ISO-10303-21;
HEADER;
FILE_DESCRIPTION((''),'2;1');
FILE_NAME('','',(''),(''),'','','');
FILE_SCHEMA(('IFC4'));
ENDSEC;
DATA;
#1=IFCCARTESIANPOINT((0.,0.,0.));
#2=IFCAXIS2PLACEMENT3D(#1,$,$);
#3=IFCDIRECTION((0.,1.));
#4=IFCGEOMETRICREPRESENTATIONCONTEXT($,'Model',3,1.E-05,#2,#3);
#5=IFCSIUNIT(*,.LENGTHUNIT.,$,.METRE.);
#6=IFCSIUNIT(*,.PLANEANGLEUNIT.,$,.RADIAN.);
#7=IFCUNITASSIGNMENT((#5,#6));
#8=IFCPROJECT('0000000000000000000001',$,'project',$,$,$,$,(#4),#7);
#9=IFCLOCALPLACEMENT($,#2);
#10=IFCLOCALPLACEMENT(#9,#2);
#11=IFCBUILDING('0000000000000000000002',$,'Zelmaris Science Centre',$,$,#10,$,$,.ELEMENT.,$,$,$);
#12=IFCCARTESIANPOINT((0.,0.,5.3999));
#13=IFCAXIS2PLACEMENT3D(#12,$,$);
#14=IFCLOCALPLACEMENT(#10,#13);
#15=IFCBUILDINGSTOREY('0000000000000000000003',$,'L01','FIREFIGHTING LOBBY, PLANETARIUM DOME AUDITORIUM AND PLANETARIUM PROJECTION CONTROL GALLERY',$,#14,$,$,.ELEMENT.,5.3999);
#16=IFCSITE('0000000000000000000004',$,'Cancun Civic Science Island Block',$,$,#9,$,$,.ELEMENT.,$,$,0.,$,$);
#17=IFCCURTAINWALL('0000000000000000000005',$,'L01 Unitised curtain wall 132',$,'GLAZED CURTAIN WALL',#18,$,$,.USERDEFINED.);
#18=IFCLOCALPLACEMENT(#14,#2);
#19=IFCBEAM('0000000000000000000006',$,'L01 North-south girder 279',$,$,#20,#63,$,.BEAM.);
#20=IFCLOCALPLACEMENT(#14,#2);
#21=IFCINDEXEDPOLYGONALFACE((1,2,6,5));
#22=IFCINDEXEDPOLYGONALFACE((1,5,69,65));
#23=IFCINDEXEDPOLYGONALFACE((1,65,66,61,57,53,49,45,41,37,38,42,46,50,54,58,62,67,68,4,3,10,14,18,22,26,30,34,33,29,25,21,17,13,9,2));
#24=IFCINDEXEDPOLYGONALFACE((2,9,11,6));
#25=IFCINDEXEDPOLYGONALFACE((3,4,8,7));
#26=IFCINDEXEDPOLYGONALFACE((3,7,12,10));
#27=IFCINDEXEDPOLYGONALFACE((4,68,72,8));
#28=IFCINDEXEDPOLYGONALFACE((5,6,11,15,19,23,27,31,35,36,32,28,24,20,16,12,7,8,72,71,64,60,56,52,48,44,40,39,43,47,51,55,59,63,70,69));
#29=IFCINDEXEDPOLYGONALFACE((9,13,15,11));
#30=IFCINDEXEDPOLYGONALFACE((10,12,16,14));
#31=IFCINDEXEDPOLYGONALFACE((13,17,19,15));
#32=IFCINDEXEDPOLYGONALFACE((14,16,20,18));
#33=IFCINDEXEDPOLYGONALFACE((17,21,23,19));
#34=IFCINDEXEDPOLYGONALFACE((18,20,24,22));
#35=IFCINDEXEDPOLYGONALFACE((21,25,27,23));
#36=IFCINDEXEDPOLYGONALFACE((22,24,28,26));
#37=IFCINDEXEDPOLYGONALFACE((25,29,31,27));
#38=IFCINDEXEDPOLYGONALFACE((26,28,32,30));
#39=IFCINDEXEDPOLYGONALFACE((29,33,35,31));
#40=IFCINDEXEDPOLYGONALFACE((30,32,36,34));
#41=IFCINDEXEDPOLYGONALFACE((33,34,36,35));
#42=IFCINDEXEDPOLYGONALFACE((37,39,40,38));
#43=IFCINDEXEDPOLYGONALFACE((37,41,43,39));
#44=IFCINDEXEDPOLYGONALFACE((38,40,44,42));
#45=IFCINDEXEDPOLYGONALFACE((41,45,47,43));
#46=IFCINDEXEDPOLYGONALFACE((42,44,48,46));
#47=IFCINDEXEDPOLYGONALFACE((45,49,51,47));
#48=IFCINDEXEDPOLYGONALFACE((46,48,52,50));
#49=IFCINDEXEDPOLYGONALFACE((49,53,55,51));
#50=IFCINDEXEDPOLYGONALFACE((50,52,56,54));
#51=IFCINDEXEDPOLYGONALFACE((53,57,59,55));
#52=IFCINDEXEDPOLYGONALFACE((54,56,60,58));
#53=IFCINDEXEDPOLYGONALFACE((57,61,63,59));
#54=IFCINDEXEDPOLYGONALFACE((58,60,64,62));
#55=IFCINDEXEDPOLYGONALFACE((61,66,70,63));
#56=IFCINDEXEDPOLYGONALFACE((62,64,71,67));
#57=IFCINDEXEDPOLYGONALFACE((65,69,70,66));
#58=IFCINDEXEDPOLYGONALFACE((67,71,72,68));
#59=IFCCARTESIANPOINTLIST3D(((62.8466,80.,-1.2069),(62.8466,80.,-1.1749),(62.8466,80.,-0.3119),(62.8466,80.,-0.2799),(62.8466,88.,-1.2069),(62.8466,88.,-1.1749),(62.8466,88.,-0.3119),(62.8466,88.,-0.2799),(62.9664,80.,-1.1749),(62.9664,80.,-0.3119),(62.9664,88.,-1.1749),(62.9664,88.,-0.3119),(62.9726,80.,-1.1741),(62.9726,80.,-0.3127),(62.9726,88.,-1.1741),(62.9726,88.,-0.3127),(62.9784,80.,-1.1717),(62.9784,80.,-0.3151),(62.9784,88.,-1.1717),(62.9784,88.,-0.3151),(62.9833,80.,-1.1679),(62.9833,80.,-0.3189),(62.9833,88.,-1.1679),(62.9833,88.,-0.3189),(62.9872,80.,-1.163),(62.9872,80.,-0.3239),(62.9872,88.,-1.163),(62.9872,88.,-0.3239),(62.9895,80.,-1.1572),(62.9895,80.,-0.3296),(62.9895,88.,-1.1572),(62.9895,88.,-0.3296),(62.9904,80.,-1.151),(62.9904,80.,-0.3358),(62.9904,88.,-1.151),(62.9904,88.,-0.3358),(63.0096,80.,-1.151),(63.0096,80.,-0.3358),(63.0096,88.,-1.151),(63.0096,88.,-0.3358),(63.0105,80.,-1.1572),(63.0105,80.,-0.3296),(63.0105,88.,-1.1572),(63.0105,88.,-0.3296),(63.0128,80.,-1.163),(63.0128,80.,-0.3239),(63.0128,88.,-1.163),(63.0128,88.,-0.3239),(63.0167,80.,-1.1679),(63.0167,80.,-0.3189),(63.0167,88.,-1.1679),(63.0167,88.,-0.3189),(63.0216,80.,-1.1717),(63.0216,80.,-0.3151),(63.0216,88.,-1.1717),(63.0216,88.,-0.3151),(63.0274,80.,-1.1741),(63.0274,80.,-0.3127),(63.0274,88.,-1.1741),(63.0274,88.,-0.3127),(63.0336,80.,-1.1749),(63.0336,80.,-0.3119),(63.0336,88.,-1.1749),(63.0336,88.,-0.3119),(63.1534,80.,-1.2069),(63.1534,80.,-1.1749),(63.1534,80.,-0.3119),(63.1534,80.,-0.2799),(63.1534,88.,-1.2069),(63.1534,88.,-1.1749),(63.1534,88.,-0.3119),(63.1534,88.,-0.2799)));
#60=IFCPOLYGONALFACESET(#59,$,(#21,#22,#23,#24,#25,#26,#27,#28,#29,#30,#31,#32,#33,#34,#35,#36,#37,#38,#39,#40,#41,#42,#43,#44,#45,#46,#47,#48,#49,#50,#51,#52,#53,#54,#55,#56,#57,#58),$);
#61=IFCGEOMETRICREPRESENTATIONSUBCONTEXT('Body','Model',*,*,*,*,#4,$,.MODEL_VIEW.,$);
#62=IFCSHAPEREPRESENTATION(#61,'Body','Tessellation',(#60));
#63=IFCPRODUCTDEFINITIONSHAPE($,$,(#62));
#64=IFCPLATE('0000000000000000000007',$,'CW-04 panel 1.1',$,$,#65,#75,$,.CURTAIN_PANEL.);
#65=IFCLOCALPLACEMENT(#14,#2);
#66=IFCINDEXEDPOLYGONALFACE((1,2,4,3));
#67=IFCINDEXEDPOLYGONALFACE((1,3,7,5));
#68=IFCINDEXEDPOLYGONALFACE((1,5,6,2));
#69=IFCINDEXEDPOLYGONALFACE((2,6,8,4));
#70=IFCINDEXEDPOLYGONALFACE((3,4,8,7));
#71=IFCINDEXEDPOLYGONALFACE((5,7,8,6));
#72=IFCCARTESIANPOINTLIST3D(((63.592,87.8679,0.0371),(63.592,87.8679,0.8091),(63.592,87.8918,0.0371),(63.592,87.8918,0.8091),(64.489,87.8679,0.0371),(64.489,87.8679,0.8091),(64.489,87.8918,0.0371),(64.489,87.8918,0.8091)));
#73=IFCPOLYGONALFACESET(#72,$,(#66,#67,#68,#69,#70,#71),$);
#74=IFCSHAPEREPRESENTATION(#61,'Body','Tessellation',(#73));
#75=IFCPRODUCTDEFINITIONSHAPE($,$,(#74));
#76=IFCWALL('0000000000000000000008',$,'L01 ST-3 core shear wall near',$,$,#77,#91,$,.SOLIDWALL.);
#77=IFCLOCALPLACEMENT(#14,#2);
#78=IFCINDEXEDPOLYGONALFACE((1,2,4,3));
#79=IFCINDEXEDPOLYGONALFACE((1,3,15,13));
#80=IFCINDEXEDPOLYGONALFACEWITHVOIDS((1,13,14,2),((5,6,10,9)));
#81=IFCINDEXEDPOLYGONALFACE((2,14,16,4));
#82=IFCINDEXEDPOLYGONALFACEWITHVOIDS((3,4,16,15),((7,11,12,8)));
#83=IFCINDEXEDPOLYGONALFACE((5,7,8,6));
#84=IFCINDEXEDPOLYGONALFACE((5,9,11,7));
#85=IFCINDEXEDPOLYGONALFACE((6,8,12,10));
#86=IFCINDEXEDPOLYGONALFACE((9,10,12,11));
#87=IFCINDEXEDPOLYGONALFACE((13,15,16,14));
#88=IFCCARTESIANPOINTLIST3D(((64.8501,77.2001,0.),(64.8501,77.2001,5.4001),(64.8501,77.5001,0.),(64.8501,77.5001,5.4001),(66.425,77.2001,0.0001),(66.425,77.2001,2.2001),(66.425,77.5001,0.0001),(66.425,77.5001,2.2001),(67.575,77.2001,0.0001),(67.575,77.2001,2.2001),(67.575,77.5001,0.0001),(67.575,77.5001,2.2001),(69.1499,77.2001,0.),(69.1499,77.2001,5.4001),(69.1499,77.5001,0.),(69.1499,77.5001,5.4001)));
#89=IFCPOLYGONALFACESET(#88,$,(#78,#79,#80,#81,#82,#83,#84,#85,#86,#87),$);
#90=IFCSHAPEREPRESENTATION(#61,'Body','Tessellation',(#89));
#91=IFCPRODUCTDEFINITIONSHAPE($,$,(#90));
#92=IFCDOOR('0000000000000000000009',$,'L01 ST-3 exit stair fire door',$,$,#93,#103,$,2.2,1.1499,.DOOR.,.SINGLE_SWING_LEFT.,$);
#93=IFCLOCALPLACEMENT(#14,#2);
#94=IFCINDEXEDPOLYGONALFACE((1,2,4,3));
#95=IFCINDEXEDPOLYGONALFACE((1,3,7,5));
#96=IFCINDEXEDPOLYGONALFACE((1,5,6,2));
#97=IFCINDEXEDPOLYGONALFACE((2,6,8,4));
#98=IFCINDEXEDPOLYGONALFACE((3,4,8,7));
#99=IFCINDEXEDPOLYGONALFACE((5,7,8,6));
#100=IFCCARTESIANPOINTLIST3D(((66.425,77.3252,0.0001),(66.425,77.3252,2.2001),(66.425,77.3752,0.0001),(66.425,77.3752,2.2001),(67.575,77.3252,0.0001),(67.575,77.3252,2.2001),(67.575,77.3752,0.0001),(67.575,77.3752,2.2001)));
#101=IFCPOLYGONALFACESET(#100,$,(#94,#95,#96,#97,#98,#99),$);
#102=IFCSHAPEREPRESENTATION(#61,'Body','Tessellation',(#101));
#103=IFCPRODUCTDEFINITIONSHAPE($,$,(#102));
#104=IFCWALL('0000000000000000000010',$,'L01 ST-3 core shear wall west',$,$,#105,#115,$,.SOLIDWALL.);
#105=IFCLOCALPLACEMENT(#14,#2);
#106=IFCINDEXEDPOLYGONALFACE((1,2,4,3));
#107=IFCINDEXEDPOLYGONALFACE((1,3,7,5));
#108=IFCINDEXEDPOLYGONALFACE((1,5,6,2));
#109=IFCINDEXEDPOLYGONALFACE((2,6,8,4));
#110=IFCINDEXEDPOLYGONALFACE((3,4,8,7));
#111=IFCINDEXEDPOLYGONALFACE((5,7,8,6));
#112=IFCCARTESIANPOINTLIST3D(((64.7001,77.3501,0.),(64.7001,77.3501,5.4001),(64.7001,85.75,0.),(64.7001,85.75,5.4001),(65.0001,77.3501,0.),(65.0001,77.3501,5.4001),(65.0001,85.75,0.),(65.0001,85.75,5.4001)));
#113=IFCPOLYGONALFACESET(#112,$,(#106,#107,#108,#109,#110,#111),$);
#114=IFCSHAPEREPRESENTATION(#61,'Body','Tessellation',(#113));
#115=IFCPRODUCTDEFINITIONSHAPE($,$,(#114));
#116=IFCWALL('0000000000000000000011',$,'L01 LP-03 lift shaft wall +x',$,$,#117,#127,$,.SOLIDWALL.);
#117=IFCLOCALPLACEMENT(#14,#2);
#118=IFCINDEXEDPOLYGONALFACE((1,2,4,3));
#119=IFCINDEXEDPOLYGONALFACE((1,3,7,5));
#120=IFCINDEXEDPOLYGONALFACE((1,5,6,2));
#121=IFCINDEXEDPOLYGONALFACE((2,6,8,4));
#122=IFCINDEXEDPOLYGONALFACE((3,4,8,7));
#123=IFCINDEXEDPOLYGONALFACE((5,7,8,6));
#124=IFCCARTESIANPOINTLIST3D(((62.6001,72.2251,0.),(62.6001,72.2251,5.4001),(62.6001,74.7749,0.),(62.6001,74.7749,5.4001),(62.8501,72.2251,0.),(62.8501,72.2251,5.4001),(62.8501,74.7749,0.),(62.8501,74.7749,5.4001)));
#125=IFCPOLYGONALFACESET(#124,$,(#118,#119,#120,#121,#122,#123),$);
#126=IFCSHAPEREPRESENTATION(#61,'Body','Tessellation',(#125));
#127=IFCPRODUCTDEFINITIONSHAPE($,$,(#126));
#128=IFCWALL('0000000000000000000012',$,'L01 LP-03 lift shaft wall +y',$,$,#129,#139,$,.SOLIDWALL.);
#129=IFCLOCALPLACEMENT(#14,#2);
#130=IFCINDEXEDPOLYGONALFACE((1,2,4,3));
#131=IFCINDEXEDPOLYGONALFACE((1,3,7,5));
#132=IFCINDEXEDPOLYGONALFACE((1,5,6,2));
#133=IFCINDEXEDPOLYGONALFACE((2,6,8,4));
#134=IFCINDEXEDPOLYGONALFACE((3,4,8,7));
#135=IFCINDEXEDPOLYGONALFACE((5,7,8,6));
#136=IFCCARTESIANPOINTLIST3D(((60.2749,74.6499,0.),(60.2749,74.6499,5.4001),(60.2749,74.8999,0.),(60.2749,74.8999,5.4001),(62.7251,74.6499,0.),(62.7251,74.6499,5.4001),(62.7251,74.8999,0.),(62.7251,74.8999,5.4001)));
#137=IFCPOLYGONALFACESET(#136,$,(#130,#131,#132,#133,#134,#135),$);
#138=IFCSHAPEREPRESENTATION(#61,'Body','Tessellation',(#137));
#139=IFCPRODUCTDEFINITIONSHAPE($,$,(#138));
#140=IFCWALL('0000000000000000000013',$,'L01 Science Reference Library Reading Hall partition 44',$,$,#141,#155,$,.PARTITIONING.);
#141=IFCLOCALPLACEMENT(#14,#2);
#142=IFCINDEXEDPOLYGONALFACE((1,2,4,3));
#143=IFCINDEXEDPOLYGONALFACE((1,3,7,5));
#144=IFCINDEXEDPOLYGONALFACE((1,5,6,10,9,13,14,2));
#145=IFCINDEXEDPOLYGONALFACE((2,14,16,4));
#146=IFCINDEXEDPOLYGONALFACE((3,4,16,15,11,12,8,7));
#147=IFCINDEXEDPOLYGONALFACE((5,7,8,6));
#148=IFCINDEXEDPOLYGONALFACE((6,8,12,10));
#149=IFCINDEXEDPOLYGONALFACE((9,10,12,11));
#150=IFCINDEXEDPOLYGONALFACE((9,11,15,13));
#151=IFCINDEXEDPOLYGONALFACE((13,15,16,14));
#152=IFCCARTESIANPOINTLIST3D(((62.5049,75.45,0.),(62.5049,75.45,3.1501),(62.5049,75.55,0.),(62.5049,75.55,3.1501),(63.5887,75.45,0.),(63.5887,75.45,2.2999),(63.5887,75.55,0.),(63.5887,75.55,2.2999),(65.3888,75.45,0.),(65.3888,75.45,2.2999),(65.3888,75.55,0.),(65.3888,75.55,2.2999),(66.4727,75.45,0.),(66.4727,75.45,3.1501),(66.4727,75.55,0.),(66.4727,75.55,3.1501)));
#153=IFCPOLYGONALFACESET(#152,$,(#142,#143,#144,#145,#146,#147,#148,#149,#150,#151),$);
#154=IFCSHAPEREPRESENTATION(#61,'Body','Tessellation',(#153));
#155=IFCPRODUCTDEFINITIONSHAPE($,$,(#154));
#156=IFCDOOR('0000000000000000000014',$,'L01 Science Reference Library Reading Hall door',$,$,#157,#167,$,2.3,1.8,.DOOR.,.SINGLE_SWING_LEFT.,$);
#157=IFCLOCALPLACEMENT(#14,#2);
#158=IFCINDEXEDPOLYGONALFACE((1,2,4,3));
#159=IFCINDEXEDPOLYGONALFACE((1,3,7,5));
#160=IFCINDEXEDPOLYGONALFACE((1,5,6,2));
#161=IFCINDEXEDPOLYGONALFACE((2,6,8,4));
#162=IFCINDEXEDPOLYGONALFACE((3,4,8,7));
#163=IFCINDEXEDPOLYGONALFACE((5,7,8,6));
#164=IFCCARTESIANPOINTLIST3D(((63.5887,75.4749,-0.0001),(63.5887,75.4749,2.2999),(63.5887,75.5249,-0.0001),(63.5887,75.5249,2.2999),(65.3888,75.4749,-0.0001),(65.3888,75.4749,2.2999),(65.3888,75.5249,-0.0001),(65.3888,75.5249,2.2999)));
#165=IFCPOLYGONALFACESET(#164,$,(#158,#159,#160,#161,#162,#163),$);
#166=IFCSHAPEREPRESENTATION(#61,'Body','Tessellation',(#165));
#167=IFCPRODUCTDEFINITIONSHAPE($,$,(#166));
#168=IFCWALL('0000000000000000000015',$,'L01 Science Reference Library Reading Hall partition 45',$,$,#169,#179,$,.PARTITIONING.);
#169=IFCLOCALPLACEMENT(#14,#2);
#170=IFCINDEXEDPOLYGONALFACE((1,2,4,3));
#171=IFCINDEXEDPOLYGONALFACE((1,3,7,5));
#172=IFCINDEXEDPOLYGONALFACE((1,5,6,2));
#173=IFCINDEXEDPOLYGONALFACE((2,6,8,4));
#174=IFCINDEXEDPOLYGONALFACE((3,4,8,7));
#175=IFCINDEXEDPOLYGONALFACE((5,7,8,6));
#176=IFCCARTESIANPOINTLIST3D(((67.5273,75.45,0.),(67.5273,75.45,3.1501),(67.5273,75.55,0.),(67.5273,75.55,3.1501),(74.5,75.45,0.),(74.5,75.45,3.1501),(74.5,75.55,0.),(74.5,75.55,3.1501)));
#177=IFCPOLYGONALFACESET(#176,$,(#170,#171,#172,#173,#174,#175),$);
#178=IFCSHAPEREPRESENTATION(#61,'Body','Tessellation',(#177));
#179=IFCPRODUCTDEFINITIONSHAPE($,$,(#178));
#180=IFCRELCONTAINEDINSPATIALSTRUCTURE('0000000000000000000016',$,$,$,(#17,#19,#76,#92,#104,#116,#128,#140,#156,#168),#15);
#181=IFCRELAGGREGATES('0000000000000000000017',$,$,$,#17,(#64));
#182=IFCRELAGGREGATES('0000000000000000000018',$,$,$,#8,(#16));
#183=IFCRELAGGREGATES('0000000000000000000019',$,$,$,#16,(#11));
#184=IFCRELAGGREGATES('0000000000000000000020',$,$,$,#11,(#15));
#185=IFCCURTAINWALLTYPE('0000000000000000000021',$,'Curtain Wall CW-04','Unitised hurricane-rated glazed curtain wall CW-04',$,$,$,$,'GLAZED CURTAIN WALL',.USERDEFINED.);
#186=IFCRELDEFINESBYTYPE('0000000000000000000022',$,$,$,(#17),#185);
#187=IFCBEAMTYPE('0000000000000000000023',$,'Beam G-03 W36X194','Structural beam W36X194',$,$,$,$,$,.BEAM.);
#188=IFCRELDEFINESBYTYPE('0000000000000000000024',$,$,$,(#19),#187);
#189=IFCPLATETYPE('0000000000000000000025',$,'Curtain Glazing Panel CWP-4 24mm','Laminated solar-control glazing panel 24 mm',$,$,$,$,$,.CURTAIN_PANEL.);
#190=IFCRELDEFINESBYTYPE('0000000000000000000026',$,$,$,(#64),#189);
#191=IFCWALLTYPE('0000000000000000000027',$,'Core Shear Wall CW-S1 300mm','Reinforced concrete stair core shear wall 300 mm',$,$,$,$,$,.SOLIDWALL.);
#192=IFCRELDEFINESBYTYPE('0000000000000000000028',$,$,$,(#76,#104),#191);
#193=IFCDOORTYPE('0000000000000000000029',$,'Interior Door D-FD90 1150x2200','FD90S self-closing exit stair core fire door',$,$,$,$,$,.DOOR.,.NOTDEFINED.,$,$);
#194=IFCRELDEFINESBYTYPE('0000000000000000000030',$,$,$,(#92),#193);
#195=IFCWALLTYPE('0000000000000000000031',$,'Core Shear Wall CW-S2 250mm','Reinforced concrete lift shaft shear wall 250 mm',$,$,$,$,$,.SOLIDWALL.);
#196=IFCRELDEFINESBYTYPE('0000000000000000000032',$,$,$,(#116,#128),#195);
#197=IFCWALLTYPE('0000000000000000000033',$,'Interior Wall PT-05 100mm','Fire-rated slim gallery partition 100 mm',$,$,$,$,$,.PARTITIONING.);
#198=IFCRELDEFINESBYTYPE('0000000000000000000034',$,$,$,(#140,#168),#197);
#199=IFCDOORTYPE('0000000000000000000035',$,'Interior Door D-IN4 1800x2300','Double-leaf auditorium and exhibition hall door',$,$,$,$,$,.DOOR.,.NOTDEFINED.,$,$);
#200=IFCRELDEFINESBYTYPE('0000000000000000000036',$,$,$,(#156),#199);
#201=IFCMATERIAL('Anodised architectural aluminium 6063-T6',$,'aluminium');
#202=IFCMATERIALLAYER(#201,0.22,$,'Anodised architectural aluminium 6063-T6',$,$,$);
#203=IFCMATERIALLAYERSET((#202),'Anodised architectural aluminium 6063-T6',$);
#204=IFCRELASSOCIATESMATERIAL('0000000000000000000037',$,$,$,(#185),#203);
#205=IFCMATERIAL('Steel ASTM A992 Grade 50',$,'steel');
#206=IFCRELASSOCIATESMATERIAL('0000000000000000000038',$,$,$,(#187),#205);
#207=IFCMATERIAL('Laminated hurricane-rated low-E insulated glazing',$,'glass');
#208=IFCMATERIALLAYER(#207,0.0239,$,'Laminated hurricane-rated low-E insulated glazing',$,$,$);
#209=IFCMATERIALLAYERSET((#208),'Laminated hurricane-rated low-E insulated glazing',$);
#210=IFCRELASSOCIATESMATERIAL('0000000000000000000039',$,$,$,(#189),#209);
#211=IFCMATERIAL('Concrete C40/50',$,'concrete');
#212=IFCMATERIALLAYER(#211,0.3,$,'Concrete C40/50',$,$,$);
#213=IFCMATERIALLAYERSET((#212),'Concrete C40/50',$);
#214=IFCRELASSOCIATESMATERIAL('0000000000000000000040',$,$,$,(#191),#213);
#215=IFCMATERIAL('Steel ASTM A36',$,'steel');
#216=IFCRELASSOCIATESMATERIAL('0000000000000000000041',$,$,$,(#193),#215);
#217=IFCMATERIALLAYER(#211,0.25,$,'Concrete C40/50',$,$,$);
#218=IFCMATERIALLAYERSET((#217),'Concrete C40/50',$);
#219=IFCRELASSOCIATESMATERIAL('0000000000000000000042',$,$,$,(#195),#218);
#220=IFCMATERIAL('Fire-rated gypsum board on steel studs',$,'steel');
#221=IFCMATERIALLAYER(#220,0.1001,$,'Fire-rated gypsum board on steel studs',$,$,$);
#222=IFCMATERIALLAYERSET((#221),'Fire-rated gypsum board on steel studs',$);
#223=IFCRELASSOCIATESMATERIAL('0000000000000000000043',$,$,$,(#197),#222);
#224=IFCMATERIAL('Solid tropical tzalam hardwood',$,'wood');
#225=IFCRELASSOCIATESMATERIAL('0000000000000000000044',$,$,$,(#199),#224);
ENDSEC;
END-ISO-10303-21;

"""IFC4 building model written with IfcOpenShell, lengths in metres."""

from ifc_helpers import new_model, si_unit, direction, frame, frame_2d, origin, origin_2d, place, context, subcontext, project, spatial, rectangle, i_section, extrude, material, layer, layer_set, material_profile, profile_set, type_object, element, fill, aggregate, save


model = new_model("IFC4")

# Units and contexts
model_context = context("Model", 3, precision=1e-05, world=origin(), true_north=direction((0.0, 1.0)))
body_context = subcontext(model_context, "Body", "Model", "MODEL_VIEW")
ifc_project = project(units=[si_unit("LENGTHUNIT", "METRE"), si_unit("PLANEANGLEUNIT", "RADIAN")], contexts=[model_context])

# Site, building, storey
site_placement = place(None, origin())
site = spatial("IfcSite", under=ifc_project, at=site_placement, Name="Cancun Civic Science Island Block", CompositionType="ELEMENT", RefElevation=0.0)
building_placement = place(site_placement, origin())
building = spatial("IfcBuilding", under=site, at=building_placement, Name="Zelmaris Science Centre", CompositionType="ELEMENT")
storey_placement = place(building_placement, frame((0.0, 0.0, 5.3999)))
storey = spatial("IfcBuildingStorey", under=building, at=storey_placement, Name="L01", Description="FIREFIGHTING LOBBY, PLANETARIUM DOME AUDITORIUM AND PLANETARIUM PROJECTION CONTROL GALLERY", CompositionType="ELEMENT", Elevation=5.3999)

# Shared definitions
ifc_material_1 = material(Name="Steel ASTM A992 Grade 50", Category="steel")

# Curtain wall
ifc_material_2 = material(Name="Anodised architectural aluminium 6063-T6", Category="aluminium")
ifc_layer_1 = layer(ifc_material_2, 0.22, Name="Anodised architectural aluminium 6063-T6")
ifc_layer_set_1 = layer_set([ifc_layer_1], Name="Anodised architectural aluminium 6063-T6")
curtain_wall_type = type_object("IfcCurtainWallType", Name="Curtain Wall CW-04", Description="Unitised hurricane-rated glazed curtain wall CW-04", ElementType="GLAZED CURTAIN WALL", PredefinedType="USERDEFINED", material=ifc_layer_set_1)
curtain_wall_placement = place(storey_placement, origin())
curtain_wall = element("IfcCurtainWall", 1, at=curtain_wall_placement, inside=storey, type_object=curtain_wall_type, Name="L01 Unitised curtain wall 132", ObjectType="GLAZED CURTAIN WALL", PredefinedType="USERDEFINED")

# Beam
ifc_material_profile_1 = material_profile(ifc_material_1, i_section(OverallWidth=0.3069, OverallDepth=0.927, WebThickness=0.0193, FlangeThickness=0.032, FilletRadius=0.0239, at=origin_2d()), Name="W36X194")
ifc_profile_set_1 = profile_set([ifc_material_profile_1], Name="Steel ASTM A992 Grade 50")
beam_type = type_object("IfcBeamType", Name="Beam G-03 W36X194", Description="Structural beam W36X194", PredefinedType="BEAM", material=ifc_profile_set_1)
beam_placement = place(storey_placement, frame((63.0, 80.0, -0.7434), z_axis=(0.0, 1.0, 0.0), x_axis=(-1.0, 0.0, 0.0)))
element("IfcBeam", 2, at=beam_placement, inside=storey, type_object=beam_type, Name="L01 North-south girder 279", PredefinedType="BEAM", context=body_context, shape_type="SweptSolid", body=[
    extrude(i_section(OverallWidth=0.3069, OverallDepth=0.927, WebThickness=0.0193, FlangeThickness=0.032, FilletRadius=0.0239, at=origin_2d()), origin(), (0.0, 0.0, 1.0), 8.0),
])

# Plate
ifc_material_3 = material(Name="Laminated hurricane-rated low-E insulated glazing", Category="glass")
ifc_layer_2 = layer(ifc_material_3, 0.0239, Name="Laminated hurricane-rated low-E insulated glazing")
ifc_layer_set_2 = layer_set([ifc_layer_2], Name="Laminated hurricane-rated low-E insulated glazing")
plate_type = type_object("IfcPlateType", Name="Curtain Glazing Panel CWP-4 24mm", Description="Laminated solar-control glazing panel 24 mm", PredefinedType="CURTAIN_PANEL", material=ifc_layer_set_2)
plate_placement = place(storey_placement, frame((64.0405, 87.8799, 0.0371), z_axis=(0.0, 0.0, 1.0), x_axis=(1.0, 0.0, 0.0)))
plate = element("IfcPlate", 3, at=plate_placement, type_object=plate_type, Name="CW-04 panel 1.1", PredefinedType="CURTAIN_PANEL", context=body_context, shape_type="SweptSolid", body=[
    extrude(rectangle(XDim=0.897, YDim=0.0239, at=origin_2d()), origin(), (0.0, 0.0, 1.0), 0.772),
])
aggregate(curtain_wall, [plate])

# Wall, opening, door
ifc_material_4 = material(Name="Concrete C40/50", Category="concrete")
ifc_layer_3 = layer(ifc_material_4, 0.3, Name="Concrete C40/50")
ifc_layer_set_3 = layer_set([ifc_layer_3], Name="Concrete C40/50")
wall_type_1 = type_object("IfcWallType", Name="Core Shear Wall CW-S1 300mm", Description="Reinforced concrete stair core shear wall 300 mm", PredefinedType="SOLIDWALL", material=ifc_layer_set_3)
wall_1_placement = place(storey_placement, frame((69.1499, 77.3501, 0.0), z_axis=(0.0, 0.0, 1.0), x_axis=(-1.0, 0.0, 0.0)))
wall_1 = element("IfcWall", 4, at=wall_1_placement, inside=storey, type_object=wall_type_1, Name="L01 ST-3 core shear wall near", PredefinedType="SOLIDWALL", context=body_context, shape_type="SweptSolid", body=[
    extrude(rectangle(XDim=4.2998, YDim=0.3, at=frame_2d((2.1499, 0.0))), origin(), (0.0, 0.0, 1.0), 5.4001),
])
opening_1_placement = place(wall_1_placement, frame((1.575, 0.0, 0.0)))
opening_1 = element("IfcOpeningElement", 5, at=opening_1_placement, cuts=wall_1, PredefinedType="OPENING", context=body_context, shape_type="SweptSolid", body=[
    extrude(rectangle(XDim=1.1499, YDim=2.2, at=frame_2d((0.575, 1.1001))), frame((0.0, 0.1599, 0.0), z_axis=(0.0, -1.0, 0.0), x_axis=(1.0, 0.0, 0.0)), (0.0, 0.0, 1.0), 0.3201),
])
ifc_material_5 = material(Name="Steel ASTM A36", Category="steel")
door_type_1 = type_object("IfcDoorType", Name="Interior Door D-FD90 1150x2200", Description="FD90S self-closing exit stair core fire door", OperationType="NOTDEFINED", PredefinedType="DOOR", material=ifc_material_5)
door_1_placement = place(opening_1_placement, origin())
door_1 = element("IfcDoor", 6, at=door_1_placement, inside=storey, type_object=door_type_1, Name="L01 ST-3 exit stair fire door", OperationType="SINGLE_SWING_LEFT", OverallHeight=2.2, OverallWidth=1.1499, PredefinedType="DOOR", context=body_context, shape_type="SweptSolid", body=[
    extrude(rectangle(XDim=1.1499, YDim=2.2, at=frame_2d((0.575, 1.1001))), frame((0.0, 0.0249, 0.0), z_axis=(0.0, -1.0, 0.0), x_axis=(1.0, 0.0, 0.0)), (0.0, 0.0, 1.0), 0.05),
])
fill(opening_1, door_1)

# Walls
wall_2_placement = place(storey_placement, frame((64.8501, 77.3501, 0.0), z_axis=(0.0, 0.0, 1.0), x_axis=(0.0, 1.0, 0.0)))
element("IfcWall", 7, at=wall_2_placement, inside=storey, type_object=wall_type_1, Name="L01 ST-3 core shear wall west", PredefinedType="SOLIDWALL", context=body_context, shape_type="SweptSolid", body=[
    extrude(rectangle(XDim=8.3999, YDim=0.3, at=frame_2d((4.2, 0.0))), origin(), (0.0, 0.0, 1.0), 5.4001),
])
ifc_layer_4 = layer(ifc_material_4, 0.25, Name="Concrete C40/50")
ifc_layer_set_4 = layer_set([ifc_layer_4], Name="Concrete C40/50")
wall_type_2 = type_object("IfcWallType", Name="Core Shear Wall CW-S2 250mm", Description="Reinforced concrete lift shaft shear wall 250 mm", PredefinedType="SOLIDWALL", material=ifc_layer_set_4)
wall_3_placement = place(storey_placement, frame((62.7251, 72.2251, 0.0), z_axis=(0.0, 0.0, 1.0), x_axis=(0.0, 1.0, 0.0)))
element("IfcWall", 8, at=wall_3_placement, inside=storey, type_object=wall_type_2, Name="L01 LP-03 lift shaft wall +x", PredefinedType="SOLIDWALL", context=body_context, shape_type="SweptSolid", body=[
    extrude(rectangle(XDim=2.5498, YDim=0.25, at=frame_2d((1.2749, 0.0))), origin(), (0.0, 0.0, 1.0), 5.4001),
])
wall_4_placement = place(storey_placement, frame((62.7251, 74.7749, 0.0), z_axis=(0.0, 0.0, 1.0), x_axis=(-1.0, 0.0, 0.0)))
element("IfcWall", 9, at=wall_4_placement, inside=storey, type_object=wall_type_2, Name="L01 LP-03 lift shaft wall +y", PredefinedType="SOLIDWALL", context=body_context, shape_type="SweptSolid", body=[
    extrude(rectangle(XDim=2.4502, YDim=0.25, at=frame_2d((1.2251, 0.0))), origin(), (0.0, 0.0, 1.0), 5.4001),
])

# Wall, opening, door
ifc_material_6 = material(Name="Fire-rated gypsum board on steel studs", Category="steel")
ifc_layer_5 = layer(ifc_material_6, 0.1001, Name="Fire-rated gypsum board on steel studs")
ifc_layer_set_5 = layer_set([ifc_layer_5], Name="Fire-rated gypsum board on steel studs")
wall_type_3 = type_object("IfcWallType", Name="Interior Wall PT-05 100mm", Description="Fire-rated slim gallery partition 100 mm", PredefinedType="PARTITIONING", material=ifc_layer_set_5)
wall_5_placement = place(storey_placement, frame((62.5049, 75.5, 0.0), z_axis=(0.0, 0.0, 1.0), x_axis=(1.0, 0.0, 0.0)))
wall_5 = element("IfcWall", 10, at=wall_5_placement, inside=storey, type_object=wall_type_3, Name="L01 Science Reference Library Reading Hall partition 44", PredefinedType="PARTITIONING", context=body_context, shape_type="SweptSolid", body=[
    extrude(rectangle(XDim=3.9678, YDim=0.1001, at=frame_2d((1.9839, 0.0))), origin(), (0.0, 0.0, 1.0), 3.1501),
])
opening_2_placement = place(wall_5_placement, frame((1.084, 0.0, 0.0)))
opening_2 = element("IfcOpeningElement", 11, at=opening_2_placement, cuts=wall_5, PredefinedType="OPENING", context=body_context, shape_type="SweptSolid", body=[
    extrude(rectangle(XDim=1.8, YDim=2.3, at=frame_2d((0.8999, 1.1499))), frame((0.0, 0.0601, 0.0), z_axis=(0.0, -1.0, 0.0), x_axis=(1.0, 0.0, 0.0)), (0.0, 0.0, 1.0), 0.1201),
])
ifc_material_7 = material(Name="Solid tropical tzalam hardwood", Category="wood")
door_type_2 = type_object("IfcDoorType", Name="Interior Door D-IN4 1800x2300", Description="Double-leaf auditorium and exhibition hall door", OperationType="NOTDEFINED", PredefinedType="DOOR", material=ifc_material_7)
door_2_placement = place(opening_2_placement, origin())
door_2 = element("IfcDoor", 12, at=door_2_placement, inside=storey, type_object=door_type_2, Name="L01 Science Reference Library Reading Hall door", OperationType="SINGLE_SWING_LEFT", OverallHeight=2.3, OverallWidth=1.8, PredefinedType="DOOR", context=body_context, shape_type="SweptSolid", body=[
    extrude(rectangle(XDim=1.8, YDim=2.3, at=frame_2d((0.8999, 1.1499))), frame((0.0, 0.0249, 0.0), z_axis=(0.0, -1.0, 0.0), x_axis=(1.0, 0.0, 0.0)), (0.0, 0.0, 1.0), 0.05),
])
fill(opening_2, door_2)

# Wall
wall_6_placement = place(storey_placement, frame((67.5273, 75.5, 0.0), z_axis=(0.0, 0.0, 1.0), x_axis=(1.0, 0.0, 0.0)))
element("IfcWall", 13, at=wall_6_placement, inside=storey, type_object=wall_type_3, Name="L01 Science Reference Library Reading Hall partition 45", PredefinedType="PARTITIONING", context=body_context, shape_type="SweptSolid", body=[
    extrude(rectangle(XDim=6.9727, YDim=0.1001, at=frame_2d((3.4863, 0.0))), origin(), (0.0, 0.0, 1.0), 3.1501),
])

save(model, "model.ifc")
